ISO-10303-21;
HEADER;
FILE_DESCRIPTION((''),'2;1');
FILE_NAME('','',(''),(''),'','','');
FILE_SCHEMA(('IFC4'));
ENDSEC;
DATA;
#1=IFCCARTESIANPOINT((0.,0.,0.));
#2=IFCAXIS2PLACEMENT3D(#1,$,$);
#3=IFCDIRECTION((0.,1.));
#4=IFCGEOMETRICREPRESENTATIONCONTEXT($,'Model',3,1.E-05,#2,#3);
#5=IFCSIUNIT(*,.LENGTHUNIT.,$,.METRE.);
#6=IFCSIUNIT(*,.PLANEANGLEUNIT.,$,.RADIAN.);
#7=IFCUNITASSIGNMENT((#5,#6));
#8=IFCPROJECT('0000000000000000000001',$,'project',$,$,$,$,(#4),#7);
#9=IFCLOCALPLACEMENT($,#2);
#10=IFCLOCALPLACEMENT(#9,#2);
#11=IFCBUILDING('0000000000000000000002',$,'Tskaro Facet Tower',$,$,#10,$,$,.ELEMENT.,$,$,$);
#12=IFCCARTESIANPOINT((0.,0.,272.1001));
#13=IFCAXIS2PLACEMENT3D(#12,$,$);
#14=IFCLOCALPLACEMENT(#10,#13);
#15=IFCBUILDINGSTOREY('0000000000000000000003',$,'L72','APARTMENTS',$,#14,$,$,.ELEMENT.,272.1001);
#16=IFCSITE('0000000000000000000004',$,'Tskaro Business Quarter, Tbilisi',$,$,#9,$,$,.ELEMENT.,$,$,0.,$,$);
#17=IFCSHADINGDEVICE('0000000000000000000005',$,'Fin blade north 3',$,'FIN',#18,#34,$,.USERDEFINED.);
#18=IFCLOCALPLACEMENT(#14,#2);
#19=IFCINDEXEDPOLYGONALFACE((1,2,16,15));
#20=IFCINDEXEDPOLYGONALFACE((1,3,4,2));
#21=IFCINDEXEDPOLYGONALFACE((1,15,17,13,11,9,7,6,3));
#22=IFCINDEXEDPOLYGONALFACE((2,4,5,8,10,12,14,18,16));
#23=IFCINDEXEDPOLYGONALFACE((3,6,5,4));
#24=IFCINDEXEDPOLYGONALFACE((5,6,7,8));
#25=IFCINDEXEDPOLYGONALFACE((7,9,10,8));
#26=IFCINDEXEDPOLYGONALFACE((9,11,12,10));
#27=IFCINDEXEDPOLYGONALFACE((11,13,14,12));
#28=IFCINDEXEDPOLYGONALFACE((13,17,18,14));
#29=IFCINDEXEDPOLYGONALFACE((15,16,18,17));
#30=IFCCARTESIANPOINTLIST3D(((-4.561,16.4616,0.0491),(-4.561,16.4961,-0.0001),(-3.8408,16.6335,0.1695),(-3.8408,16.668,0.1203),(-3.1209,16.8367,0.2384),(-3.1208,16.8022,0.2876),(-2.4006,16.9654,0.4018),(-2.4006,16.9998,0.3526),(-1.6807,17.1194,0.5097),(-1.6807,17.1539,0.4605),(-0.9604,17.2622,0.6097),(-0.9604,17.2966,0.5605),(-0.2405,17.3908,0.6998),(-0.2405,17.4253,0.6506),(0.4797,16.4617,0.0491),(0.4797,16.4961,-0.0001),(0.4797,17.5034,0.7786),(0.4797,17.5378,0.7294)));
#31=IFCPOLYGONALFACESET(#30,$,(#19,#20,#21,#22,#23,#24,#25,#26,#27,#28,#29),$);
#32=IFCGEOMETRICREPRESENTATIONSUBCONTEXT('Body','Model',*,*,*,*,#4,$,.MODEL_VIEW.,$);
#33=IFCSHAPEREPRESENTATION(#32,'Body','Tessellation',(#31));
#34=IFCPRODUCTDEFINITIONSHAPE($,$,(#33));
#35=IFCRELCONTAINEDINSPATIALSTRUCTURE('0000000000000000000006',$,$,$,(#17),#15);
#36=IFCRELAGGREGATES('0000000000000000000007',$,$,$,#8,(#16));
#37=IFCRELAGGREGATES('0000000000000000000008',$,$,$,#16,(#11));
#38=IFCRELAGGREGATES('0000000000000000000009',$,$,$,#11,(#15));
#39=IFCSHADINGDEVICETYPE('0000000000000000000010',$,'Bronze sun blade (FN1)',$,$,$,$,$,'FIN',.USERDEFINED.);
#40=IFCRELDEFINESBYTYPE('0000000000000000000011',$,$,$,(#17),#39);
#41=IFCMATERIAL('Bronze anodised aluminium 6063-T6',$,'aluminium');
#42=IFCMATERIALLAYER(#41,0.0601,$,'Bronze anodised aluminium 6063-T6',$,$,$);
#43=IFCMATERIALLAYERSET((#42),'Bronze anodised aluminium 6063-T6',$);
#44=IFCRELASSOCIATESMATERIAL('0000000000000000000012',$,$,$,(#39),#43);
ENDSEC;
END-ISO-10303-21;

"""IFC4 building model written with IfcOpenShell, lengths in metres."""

from ifc_helpers import new_model, si_unit, direction, frame, origin, place, context, subcontext, project, spatial, polyline, outline, extrude, material, layer, layer_set, type_object, element, save


model = new_model("IFC4")

# Units and contexts
model_context = context("Model", 3, precision=1e-05, world=origin(), true_north=direction((0.0, 1.0)))
body_context = subcontext(model_context, "Body", "Model", "MODEL_VIEW")
ifc_project = project(units=[si_unit("LENGTHUNIT", "METRE"), si_unit("PLANEANGLEUNIT", "RADIAN")], contexts=[model_context])

# Site, building, storey
site_placement = place(None, origin())
site = spatial("IfcSite", under=ifc_project, at=site_placement, Name="Tskaro Business Quarter, Tbilisi", CompositionType="ELEMENT", RefElevation=0.0)
building_placement = place(site_placement, origin())
building = spatial("IfcBuilding", under=site, at=building_placement, Name="Tskaro Facet Tower", CompositionType="ELEMENT")
storey_placement = place(building_placement, frame((0.0, 0.0, 272.1001)))
storey = spatial("IfcBuildingStorey", under=building, at=storey_placement, Name="L72", Description="APARTMENTS", CompositionType="ELEMENT", Elevation=272.1001)

# Shared definitions
ifc_material_1 = material(Name="Bronze anodised aluminium 6063-T6", Category="aluminium")

# Shading device
ifc_layer_1 = layer(ifc_material_1, 0.0601, Name="Bronze anodised aluminium 6063-T6")
ifc_layer_set_1 = layer_set([ifc_layer_1], Name="Bronze anodised aluminium 6063-T6")
shading_device_type = type_object("IfcShadingDeviceType", Name="Bronze sun blade (FN1)", ElementType="FIN", PredefinedType="USERDEFINED", material=ifc_layer_set_1)
shading_device_1_placement = place(storey_placement, frame((0.4797, 16.4617, 0.0491), z_axis=(0.000008, -0.573628, 0.819116), x_axis=(-1.0, -0.000005, 0.000007)))
element("IfcShadingDevice", 1, at=shading_device_1_placement, inside=storey, type_object=shading_device_type, Name="Fin blade north 3", ObjectType="FIN", PredefinedType="USERDEFINED", context=body_context, shape_type="SweptSolid", body=[
    extrude(outline(polyline([(0.0, 0.0), (5.0408, 0.0), (4.3206, -0.2098), (3.6006, -0.4158), (2.8804, -0.6149), (2.1604, -0.803), (1.4402, -0.9773), (0.7202, -1.1343), (0.0, -1.2718), (0.0, 0.0)])), origin(), (0.0, 0.0, -1.0), 0.0601),
])

save(model, "model.ifc")
